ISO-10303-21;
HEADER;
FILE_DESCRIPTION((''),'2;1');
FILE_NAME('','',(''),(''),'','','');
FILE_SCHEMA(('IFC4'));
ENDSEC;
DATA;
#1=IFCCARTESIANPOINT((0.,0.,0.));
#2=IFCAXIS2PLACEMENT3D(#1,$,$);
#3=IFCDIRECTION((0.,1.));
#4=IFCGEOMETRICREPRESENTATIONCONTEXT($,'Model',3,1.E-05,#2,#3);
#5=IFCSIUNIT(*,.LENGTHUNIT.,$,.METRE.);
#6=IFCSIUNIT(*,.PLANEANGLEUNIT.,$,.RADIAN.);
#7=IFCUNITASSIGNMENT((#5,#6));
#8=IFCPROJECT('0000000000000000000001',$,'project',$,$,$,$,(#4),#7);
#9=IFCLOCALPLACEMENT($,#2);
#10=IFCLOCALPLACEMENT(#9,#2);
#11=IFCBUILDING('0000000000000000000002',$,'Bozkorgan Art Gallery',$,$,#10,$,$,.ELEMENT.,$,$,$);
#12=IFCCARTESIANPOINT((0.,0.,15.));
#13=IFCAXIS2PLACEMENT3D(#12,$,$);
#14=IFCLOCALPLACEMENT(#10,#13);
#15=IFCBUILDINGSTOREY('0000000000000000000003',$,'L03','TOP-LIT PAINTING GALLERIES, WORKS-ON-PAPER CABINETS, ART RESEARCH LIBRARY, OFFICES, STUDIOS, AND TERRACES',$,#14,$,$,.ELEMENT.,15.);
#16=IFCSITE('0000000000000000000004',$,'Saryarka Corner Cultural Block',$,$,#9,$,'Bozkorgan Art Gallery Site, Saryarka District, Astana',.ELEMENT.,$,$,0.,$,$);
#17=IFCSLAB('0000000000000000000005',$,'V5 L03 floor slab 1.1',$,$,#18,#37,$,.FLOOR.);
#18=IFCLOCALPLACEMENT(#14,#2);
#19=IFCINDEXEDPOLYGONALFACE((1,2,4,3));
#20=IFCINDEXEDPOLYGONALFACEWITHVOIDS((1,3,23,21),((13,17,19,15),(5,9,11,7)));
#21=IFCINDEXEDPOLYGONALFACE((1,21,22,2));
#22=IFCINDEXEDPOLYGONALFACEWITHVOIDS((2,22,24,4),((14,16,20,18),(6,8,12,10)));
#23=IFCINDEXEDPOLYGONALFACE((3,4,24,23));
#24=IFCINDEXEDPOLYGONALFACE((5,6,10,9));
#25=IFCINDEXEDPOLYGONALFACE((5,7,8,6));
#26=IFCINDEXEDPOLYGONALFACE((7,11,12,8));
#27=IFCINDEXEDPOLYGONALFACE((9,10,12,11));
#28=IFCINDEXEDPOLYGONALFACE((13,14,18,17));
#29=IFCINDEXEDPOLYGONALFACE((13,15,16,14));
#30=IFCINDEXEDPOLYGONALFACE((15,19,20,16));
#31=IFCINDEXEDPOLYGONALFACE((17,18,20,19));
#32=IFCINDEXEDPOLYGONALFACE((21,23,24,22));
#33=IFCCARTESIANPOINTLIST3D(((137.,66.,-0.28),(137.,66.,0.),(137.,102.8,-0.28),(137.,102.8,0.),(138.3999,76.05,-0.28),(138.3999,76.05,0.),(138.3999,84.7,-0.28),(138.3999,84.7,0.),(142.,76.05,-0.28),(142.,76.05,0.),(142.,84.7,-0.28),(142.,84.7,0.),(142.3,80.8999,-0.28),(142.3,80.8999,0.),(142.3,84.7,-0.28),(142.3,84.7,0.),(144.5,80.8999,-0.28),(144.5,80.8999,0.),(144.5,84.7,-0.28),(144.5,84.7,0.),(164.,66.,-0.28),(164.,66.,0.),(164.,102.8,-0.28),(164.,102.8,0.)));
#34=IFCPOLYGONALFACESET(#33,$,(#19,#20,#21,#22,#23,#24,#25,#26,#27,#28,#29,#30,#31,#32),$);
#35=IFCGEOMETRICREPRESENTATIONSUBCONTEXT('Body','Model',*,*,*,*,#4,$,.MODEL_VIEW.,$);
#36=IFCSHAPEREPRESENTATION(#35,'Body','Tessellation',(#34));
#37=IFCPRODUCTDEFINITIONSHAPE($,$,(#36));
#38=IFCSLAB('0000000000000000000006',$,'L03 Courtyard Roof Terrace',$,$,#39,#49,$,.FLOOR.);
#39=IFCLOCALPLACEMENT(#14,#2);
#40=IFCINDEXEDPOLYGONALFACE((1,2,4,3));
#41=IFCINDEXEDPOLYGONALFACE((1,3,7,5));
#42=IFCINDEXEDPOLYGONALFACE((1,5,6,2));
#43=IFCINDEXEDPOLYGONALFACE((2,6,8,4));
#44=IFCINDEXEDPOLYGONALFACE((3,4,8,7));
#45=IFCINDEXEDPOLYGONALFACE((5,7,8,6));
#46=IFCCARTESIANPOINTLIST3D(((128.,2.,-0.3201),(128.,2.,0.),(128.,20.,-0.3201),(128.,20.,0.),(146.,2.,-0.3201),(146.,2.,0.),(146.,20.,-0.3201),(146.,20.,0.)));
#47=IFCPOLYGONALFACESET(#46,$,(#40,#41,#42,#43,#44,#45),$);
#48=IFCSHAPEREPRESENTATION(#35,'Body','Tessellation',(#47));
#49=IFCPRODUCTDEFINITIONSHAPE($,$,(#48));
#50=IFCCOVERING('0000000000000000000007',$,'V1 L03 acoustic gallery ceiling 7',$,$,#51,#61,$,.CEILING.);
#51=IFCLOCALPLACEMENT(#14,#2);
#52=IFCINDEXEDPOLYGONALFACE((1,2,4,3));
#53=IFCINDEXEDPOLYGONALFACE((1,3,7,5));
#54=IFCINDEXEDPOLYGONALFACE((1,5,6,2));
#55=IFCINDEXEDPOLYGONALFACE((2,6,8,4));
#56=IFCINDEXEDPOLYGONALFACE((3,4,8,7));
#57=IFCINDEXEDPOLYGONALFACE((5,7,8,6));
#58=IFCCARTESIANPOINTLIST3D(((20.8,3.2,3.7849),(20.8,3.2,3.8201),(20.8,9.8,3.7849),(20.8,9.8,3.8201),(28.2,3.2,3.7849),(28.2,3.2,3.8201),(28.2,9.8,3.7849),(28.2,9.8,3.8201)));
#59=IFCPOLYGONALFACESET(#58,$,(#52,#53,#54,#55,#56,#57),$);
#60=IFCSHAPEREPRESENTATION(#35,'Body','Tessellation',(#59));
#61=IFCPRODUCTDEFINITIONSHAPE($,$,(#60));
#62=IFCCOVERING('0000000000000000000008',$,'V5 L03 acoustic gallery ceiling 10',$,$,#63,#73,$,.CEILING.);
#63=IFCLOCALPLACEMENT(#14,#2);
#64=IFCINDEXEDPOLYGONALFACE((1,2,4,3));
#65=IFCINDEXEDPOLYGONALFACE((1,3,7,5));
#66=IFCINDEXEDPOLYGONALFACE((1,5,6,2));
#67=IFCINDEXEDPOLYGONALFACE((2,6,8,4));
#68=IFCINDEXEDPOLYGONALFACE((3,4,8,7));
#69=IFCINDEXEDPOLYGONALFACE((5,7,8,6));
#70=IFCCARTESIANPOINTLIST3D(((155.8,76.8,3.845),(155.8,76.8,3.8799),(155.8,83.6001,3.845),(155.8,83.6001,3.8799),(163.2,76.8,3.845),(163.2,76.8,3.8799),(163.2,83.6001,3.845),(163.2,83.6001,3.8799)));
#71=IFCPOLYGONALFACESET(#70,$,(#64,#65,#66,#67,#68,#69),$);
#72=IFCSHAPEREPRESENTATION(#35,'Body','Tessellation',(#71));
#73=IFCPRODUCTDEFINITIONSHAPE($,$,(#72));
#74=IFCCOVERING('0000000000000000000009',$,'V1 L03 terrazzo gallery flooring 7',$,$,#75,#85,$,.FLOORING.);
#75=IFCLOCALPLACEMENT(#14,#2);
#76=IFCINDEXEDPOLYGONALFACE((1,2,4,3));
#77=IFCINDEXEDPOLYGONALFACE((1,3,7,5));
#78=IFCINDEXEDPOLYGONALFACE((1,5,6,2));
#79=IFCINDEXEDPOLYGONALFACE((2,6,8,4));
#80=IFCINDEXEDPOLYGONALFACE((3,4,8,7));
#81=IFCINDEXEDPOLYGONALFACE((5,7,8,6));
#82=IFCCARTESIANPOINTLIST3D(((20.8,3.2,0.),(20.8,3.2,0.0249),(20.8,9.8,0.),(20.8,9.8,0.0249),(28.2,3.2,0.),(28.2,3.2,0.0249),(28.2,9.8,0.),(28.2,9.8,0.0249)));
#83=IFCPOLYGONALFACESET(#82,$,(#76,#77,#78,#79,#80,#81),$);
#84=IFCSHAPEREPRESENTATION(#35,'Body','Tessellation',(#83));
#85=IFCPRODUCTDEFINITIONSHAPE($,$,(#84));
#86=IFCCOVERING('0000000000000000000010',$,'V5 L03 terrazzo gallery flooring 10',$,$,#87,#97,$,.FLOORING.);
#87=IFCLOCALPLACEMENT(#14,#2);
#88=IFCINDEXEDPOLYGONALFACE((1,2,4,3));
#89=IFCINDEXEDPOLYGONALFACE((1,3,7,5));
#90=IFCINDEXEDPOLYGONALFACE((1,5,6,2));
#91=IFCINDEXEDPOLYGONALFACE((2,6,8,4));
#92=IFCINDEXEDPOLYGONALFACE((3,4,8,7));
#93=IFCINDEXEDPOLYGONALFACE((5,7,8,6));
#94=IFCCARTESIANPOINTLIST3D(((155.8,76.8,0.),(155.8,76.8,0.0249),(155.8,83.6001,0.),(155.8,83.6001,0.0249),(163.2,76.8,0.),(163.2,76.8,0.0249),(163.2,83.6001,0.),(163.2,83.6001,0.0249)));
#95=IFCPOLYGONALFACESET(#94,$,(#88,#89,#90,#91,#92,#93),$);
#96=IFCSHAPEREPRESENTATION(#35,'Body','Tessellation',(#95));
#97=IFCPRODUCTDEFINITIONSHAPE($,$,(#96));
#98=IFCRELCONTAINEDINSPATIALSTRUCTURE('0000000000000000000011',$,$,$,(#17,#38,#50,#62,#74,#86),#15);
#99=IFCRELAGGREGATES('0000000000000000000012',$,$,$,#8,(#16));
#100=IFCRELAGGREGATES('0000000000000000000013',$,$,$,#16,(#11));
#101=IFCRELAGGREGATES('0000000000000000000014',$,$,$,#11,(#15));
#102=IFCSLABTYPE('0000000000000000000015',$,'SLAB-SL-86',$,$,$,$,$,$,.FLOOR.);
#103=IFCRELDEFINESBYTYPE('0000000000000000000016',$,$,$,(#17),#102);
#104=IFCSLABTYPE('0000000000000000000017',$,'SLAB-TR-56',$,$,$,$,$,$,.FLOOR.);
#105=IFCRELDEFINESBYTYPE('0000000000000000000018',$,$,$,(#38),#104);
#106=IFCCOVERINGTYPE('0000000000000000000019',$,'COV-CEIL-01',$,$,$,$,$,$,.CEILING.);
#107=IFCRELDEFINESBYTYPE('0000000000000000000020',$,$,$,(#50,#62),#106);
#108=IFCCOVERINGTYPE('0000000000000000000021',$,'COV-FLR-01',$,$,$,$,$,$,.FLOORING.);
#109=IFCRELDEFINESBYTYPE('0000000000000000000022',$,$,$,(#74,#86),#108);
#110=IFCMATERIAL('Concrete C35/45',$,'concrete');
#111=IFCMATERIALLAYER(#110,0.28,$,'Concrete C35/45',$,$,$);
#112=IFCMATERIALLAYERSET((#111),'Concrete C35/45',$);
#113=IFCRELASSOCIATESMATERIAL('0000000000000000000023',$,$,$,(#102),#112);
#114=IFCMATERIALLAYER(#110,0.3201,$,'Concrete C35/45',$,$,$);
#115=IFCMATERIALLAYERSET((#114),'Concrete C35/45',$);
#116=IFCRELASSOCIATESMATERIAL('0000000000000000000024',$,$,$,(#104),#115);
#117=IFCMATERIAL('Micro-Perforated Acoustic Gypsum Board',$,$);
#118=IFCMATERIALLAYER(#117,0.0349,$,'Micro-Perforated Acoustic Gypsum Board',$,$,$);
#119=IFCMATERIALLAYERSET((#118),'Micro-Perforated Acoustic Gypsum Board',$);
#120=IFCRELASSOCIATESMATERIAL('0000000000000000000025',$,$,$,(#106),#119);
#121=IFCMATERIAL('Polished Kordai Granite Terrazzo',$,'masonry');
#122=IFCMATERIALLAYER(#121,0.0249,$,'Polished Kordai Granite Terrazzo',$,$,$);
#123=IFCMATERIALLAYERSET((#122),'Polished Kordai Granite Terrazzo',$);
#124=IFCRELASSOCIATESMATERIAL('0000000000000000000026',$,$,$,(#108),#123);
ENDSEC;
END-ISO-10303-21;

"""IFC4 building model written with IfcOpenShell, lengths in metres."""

from ifc_helpers import new_model, si_unit, direction, frame, origin, place, context, subcontext, project, spatial, polyline, outline, extrude, material, layer, layer_set, type_object, element, save


model = new_model("IFC4")

# Units and contexts
model_context = context("Model", 3, precision=1e-05, world=origin(), true_north=direction((0.0, 1.0)))
body_context = subcontext(model_context, "Body", "Model", "MODEL_VIEW")
ifc_project = project(units=[si_unit("LENGTHUNIT", "METRE"), si_unit("PLANEANGLEUNIT", "RADIAN")], contexts=[model_context])

# Site, building, storey
site_placement = place(None, origin())
site = spatial("IfcSite", under=ifc_project, at=site_placement, Name="Saryarka Corner Cultural Block", LongName="Bozkorgan Art Gallery Site, Saryarka District, Astana", CompositionType="ELEMENT", RefElevation=0.0)
building_placement = place(site_placement, origin())
building = spatial("IfcBuilding", under=site, at=building_placement, Name="Bozkorgan Art Gallery", CompositionType="ELEMENT")
storey_placement = place(building_placement, frame((0.0, 0.0, 15.0)))
storey = spatial("IfcBuildingStorey", under=building, at=storey_placement, Name="L03", Description="TOP-LIT PAINTING GALLERIES, WORKS-ON-PAPER CABINETS, ART RESEARCH LIBRARY, OFFICES, STUDIOS, AND TERRACES", CompositionType="ELEMENT", Elevation=15.0)

# Shared definitions
ifc_material_1 = material(Name="Concrete C35/45", Category="concrete")

# Slabs
ifc_layer_1 = layer(ifc_material_1, 0.28, Name="Concrete C35/45")
ifc_layer_set_1 = layer_set([ifc_layer_1], Name="Concrete C35/45")
slab_type_1 = type_object("IfcSlabType", Name="SLAB-SL-86", PredefinedType="FLOOR", material=ifc_layer_set_1)
slab_1_placement = place(storey_placement, frame((0.0, 0.0, -0.28)))
element("IfcSlab", 1, at=slab_1_placement, inside=storey, type_object=slab_type_1, Name="V5 L03 floor slab 1.1", PredefinedType="FLOOR", context=body_context, shape_type="SweptSolid", body=[
    extrude(outline(polyline([(137.0, 66.0), (164.0, 66.0), (164.0, 102.8), (137.0, 102.8), (137.0, 66.0)]), holes=[polyline([(138.3999, 76.05), (142.0, 76.05), (142.0, 84.7), (138.3999, 84.7), (138.3999, 76.05)]), polyline([(142.3, 80.8999), (144.5, 80.8999), (144.5, 84.7), (142.3, 84.7), (142.3, 80.8999)])]), origin(), (0.0, 0.0, 1.0), 0.28),
])
ifc_layer_2 = layer(ifc_material_1, 0.3201, Name="Concrete C35/45")
ifc_layer_set_2 = layer_set([ifc_layer_2], Name="Concrete C35/45")
slab_type_2 = type_object("IfcSlabType", Name="SLAB-TR-56", PredefinedType="FLOOR", material=ifc_layer_set_2)
slab_2_placement = place(storey_placement, frame((0.0, 0.0, -0.3201)))
element("IfcSlab", 2, at=slab_2_placement, inside=storey, type_object=slab_type_2, Name="L03 Courtyard Roof Terrace", PredefinedType="FLOOR", context=body_context, shape_type="SweptSolid", body=[
    extrude(outline(polyline([(128.0, 2.0), (146.0, 2.0), (146.0, 20.0), (128.0, 20.0), (128.0, 2.0)])), origin(), (0.0, 0.0, 1.0), 0.3201),
])

# Coverings
ifc_material_2 = material(Name="Micro-Perforated Acoustic Gypsum Board")
ifc_layer_3 = layer(ifc_material_2, 0.0349, Name="Micro-Perforated Acoustic Gypsum Board")
ifc_layer_set_3 = layer_set([ifc_layer_3], Name="Micro-Perforated Acoustic Gypsum Board")
covering_type_1 = type_object("IfcCoveringType", Name="COV-CEIL-01", PredefinedType="CEILING", material=ifc_layer_set_3)
covering_1_placement = place(storey_placement, frame((0.0, 0.0, 3.7849)))
element("IfcCovering", 3, at=covering_1_placement, inside=storey, type_object=covering_type_1, Name="V1 L03 acoustic gallery ceiling 7", PredefinedType="CEILING", context=body_context, shape_type="SweptSolid", body=[
    extrude(outline(polyline([(20.8, 3.2), (28.2, 3.2), (28.2, 9.8), (20.8, 9.8), (20.8, 3.2)])), origin(), (0.0, 0.0, 1.0), 0.0352),
])
covering_2_placement = place(storey_placement, frame((0.0, 0.0, 3.845)))
element("IfcCovering", 4, at=covering_2_placement, inside=storey, type_object=covering_type_1, Name="V5 L03 acoustic gallery ceiling 10", PredefinedType="CEILING", context=body_context, shape_type="SweptSolid", body=[
    extrude(outline(polyline([(155.8, 76.8), (163.2, 76.8), (163.2, 83.6001), (155.8, 83.6001), (155.8, 76.8)])), origin(), (0.0, 0.0, 1.0), 0.0349),
])
ifc_material_3 = material(Name="Polished Kordai Granite Terrazzo", Category="masonry")
ifc_layer_4 = layer(ifc_material_3, 0.0249, Name="Polished Kordai Granite Terrazzo")
ifc_layer_set_4 = layer_set([ifc_layer_4], Name="Polished Kordai Granite Terrazzo")
covering_type_2 = type_object("IfcCoveringType", Name="COV-FLR-01", PredefinedType="FLOORING", material=ifc_layer_set_4)
covering_3_placement = place(storey_placement, origin())
element("IfcCovering", 5, at=covering_3_placement, inside=storey, type_object=covering_type_2, Name="V1 L03 terrazzo gallery flooring 7", PredefinedType="FLOORING", context=body_context, shape_type="SweptSolid", body=[
    extrude(outline(polyline([(20.8, 3.2), (28.2, 3.2), (28.2, 9.8), (20.8, 9.8), (20.8, 3.2)])), origin(), (0.0, 0.0, 1.0), 0.0249),
])
covering_4_placement = place(storey_placement, origin())
element("IfcCovering", 6, at=covering_4_placement, inside=storey, type_object=covering_type_2, Name="V5 L03 terrazzo gallery flooring 10", PredefinedType="FLOORING", context=body_context, shape_type="SweptSolid", body=[
    extrude(outline(polyline([(155.8, 76.8), (163.2, 76.8), (163.2, 83.6001), (155.8, 83.6001), (155.8, 76.8)])), origin(), (0.0, 0.0, 1.0), 0.0249),
])

save(model, "model.ifc")
